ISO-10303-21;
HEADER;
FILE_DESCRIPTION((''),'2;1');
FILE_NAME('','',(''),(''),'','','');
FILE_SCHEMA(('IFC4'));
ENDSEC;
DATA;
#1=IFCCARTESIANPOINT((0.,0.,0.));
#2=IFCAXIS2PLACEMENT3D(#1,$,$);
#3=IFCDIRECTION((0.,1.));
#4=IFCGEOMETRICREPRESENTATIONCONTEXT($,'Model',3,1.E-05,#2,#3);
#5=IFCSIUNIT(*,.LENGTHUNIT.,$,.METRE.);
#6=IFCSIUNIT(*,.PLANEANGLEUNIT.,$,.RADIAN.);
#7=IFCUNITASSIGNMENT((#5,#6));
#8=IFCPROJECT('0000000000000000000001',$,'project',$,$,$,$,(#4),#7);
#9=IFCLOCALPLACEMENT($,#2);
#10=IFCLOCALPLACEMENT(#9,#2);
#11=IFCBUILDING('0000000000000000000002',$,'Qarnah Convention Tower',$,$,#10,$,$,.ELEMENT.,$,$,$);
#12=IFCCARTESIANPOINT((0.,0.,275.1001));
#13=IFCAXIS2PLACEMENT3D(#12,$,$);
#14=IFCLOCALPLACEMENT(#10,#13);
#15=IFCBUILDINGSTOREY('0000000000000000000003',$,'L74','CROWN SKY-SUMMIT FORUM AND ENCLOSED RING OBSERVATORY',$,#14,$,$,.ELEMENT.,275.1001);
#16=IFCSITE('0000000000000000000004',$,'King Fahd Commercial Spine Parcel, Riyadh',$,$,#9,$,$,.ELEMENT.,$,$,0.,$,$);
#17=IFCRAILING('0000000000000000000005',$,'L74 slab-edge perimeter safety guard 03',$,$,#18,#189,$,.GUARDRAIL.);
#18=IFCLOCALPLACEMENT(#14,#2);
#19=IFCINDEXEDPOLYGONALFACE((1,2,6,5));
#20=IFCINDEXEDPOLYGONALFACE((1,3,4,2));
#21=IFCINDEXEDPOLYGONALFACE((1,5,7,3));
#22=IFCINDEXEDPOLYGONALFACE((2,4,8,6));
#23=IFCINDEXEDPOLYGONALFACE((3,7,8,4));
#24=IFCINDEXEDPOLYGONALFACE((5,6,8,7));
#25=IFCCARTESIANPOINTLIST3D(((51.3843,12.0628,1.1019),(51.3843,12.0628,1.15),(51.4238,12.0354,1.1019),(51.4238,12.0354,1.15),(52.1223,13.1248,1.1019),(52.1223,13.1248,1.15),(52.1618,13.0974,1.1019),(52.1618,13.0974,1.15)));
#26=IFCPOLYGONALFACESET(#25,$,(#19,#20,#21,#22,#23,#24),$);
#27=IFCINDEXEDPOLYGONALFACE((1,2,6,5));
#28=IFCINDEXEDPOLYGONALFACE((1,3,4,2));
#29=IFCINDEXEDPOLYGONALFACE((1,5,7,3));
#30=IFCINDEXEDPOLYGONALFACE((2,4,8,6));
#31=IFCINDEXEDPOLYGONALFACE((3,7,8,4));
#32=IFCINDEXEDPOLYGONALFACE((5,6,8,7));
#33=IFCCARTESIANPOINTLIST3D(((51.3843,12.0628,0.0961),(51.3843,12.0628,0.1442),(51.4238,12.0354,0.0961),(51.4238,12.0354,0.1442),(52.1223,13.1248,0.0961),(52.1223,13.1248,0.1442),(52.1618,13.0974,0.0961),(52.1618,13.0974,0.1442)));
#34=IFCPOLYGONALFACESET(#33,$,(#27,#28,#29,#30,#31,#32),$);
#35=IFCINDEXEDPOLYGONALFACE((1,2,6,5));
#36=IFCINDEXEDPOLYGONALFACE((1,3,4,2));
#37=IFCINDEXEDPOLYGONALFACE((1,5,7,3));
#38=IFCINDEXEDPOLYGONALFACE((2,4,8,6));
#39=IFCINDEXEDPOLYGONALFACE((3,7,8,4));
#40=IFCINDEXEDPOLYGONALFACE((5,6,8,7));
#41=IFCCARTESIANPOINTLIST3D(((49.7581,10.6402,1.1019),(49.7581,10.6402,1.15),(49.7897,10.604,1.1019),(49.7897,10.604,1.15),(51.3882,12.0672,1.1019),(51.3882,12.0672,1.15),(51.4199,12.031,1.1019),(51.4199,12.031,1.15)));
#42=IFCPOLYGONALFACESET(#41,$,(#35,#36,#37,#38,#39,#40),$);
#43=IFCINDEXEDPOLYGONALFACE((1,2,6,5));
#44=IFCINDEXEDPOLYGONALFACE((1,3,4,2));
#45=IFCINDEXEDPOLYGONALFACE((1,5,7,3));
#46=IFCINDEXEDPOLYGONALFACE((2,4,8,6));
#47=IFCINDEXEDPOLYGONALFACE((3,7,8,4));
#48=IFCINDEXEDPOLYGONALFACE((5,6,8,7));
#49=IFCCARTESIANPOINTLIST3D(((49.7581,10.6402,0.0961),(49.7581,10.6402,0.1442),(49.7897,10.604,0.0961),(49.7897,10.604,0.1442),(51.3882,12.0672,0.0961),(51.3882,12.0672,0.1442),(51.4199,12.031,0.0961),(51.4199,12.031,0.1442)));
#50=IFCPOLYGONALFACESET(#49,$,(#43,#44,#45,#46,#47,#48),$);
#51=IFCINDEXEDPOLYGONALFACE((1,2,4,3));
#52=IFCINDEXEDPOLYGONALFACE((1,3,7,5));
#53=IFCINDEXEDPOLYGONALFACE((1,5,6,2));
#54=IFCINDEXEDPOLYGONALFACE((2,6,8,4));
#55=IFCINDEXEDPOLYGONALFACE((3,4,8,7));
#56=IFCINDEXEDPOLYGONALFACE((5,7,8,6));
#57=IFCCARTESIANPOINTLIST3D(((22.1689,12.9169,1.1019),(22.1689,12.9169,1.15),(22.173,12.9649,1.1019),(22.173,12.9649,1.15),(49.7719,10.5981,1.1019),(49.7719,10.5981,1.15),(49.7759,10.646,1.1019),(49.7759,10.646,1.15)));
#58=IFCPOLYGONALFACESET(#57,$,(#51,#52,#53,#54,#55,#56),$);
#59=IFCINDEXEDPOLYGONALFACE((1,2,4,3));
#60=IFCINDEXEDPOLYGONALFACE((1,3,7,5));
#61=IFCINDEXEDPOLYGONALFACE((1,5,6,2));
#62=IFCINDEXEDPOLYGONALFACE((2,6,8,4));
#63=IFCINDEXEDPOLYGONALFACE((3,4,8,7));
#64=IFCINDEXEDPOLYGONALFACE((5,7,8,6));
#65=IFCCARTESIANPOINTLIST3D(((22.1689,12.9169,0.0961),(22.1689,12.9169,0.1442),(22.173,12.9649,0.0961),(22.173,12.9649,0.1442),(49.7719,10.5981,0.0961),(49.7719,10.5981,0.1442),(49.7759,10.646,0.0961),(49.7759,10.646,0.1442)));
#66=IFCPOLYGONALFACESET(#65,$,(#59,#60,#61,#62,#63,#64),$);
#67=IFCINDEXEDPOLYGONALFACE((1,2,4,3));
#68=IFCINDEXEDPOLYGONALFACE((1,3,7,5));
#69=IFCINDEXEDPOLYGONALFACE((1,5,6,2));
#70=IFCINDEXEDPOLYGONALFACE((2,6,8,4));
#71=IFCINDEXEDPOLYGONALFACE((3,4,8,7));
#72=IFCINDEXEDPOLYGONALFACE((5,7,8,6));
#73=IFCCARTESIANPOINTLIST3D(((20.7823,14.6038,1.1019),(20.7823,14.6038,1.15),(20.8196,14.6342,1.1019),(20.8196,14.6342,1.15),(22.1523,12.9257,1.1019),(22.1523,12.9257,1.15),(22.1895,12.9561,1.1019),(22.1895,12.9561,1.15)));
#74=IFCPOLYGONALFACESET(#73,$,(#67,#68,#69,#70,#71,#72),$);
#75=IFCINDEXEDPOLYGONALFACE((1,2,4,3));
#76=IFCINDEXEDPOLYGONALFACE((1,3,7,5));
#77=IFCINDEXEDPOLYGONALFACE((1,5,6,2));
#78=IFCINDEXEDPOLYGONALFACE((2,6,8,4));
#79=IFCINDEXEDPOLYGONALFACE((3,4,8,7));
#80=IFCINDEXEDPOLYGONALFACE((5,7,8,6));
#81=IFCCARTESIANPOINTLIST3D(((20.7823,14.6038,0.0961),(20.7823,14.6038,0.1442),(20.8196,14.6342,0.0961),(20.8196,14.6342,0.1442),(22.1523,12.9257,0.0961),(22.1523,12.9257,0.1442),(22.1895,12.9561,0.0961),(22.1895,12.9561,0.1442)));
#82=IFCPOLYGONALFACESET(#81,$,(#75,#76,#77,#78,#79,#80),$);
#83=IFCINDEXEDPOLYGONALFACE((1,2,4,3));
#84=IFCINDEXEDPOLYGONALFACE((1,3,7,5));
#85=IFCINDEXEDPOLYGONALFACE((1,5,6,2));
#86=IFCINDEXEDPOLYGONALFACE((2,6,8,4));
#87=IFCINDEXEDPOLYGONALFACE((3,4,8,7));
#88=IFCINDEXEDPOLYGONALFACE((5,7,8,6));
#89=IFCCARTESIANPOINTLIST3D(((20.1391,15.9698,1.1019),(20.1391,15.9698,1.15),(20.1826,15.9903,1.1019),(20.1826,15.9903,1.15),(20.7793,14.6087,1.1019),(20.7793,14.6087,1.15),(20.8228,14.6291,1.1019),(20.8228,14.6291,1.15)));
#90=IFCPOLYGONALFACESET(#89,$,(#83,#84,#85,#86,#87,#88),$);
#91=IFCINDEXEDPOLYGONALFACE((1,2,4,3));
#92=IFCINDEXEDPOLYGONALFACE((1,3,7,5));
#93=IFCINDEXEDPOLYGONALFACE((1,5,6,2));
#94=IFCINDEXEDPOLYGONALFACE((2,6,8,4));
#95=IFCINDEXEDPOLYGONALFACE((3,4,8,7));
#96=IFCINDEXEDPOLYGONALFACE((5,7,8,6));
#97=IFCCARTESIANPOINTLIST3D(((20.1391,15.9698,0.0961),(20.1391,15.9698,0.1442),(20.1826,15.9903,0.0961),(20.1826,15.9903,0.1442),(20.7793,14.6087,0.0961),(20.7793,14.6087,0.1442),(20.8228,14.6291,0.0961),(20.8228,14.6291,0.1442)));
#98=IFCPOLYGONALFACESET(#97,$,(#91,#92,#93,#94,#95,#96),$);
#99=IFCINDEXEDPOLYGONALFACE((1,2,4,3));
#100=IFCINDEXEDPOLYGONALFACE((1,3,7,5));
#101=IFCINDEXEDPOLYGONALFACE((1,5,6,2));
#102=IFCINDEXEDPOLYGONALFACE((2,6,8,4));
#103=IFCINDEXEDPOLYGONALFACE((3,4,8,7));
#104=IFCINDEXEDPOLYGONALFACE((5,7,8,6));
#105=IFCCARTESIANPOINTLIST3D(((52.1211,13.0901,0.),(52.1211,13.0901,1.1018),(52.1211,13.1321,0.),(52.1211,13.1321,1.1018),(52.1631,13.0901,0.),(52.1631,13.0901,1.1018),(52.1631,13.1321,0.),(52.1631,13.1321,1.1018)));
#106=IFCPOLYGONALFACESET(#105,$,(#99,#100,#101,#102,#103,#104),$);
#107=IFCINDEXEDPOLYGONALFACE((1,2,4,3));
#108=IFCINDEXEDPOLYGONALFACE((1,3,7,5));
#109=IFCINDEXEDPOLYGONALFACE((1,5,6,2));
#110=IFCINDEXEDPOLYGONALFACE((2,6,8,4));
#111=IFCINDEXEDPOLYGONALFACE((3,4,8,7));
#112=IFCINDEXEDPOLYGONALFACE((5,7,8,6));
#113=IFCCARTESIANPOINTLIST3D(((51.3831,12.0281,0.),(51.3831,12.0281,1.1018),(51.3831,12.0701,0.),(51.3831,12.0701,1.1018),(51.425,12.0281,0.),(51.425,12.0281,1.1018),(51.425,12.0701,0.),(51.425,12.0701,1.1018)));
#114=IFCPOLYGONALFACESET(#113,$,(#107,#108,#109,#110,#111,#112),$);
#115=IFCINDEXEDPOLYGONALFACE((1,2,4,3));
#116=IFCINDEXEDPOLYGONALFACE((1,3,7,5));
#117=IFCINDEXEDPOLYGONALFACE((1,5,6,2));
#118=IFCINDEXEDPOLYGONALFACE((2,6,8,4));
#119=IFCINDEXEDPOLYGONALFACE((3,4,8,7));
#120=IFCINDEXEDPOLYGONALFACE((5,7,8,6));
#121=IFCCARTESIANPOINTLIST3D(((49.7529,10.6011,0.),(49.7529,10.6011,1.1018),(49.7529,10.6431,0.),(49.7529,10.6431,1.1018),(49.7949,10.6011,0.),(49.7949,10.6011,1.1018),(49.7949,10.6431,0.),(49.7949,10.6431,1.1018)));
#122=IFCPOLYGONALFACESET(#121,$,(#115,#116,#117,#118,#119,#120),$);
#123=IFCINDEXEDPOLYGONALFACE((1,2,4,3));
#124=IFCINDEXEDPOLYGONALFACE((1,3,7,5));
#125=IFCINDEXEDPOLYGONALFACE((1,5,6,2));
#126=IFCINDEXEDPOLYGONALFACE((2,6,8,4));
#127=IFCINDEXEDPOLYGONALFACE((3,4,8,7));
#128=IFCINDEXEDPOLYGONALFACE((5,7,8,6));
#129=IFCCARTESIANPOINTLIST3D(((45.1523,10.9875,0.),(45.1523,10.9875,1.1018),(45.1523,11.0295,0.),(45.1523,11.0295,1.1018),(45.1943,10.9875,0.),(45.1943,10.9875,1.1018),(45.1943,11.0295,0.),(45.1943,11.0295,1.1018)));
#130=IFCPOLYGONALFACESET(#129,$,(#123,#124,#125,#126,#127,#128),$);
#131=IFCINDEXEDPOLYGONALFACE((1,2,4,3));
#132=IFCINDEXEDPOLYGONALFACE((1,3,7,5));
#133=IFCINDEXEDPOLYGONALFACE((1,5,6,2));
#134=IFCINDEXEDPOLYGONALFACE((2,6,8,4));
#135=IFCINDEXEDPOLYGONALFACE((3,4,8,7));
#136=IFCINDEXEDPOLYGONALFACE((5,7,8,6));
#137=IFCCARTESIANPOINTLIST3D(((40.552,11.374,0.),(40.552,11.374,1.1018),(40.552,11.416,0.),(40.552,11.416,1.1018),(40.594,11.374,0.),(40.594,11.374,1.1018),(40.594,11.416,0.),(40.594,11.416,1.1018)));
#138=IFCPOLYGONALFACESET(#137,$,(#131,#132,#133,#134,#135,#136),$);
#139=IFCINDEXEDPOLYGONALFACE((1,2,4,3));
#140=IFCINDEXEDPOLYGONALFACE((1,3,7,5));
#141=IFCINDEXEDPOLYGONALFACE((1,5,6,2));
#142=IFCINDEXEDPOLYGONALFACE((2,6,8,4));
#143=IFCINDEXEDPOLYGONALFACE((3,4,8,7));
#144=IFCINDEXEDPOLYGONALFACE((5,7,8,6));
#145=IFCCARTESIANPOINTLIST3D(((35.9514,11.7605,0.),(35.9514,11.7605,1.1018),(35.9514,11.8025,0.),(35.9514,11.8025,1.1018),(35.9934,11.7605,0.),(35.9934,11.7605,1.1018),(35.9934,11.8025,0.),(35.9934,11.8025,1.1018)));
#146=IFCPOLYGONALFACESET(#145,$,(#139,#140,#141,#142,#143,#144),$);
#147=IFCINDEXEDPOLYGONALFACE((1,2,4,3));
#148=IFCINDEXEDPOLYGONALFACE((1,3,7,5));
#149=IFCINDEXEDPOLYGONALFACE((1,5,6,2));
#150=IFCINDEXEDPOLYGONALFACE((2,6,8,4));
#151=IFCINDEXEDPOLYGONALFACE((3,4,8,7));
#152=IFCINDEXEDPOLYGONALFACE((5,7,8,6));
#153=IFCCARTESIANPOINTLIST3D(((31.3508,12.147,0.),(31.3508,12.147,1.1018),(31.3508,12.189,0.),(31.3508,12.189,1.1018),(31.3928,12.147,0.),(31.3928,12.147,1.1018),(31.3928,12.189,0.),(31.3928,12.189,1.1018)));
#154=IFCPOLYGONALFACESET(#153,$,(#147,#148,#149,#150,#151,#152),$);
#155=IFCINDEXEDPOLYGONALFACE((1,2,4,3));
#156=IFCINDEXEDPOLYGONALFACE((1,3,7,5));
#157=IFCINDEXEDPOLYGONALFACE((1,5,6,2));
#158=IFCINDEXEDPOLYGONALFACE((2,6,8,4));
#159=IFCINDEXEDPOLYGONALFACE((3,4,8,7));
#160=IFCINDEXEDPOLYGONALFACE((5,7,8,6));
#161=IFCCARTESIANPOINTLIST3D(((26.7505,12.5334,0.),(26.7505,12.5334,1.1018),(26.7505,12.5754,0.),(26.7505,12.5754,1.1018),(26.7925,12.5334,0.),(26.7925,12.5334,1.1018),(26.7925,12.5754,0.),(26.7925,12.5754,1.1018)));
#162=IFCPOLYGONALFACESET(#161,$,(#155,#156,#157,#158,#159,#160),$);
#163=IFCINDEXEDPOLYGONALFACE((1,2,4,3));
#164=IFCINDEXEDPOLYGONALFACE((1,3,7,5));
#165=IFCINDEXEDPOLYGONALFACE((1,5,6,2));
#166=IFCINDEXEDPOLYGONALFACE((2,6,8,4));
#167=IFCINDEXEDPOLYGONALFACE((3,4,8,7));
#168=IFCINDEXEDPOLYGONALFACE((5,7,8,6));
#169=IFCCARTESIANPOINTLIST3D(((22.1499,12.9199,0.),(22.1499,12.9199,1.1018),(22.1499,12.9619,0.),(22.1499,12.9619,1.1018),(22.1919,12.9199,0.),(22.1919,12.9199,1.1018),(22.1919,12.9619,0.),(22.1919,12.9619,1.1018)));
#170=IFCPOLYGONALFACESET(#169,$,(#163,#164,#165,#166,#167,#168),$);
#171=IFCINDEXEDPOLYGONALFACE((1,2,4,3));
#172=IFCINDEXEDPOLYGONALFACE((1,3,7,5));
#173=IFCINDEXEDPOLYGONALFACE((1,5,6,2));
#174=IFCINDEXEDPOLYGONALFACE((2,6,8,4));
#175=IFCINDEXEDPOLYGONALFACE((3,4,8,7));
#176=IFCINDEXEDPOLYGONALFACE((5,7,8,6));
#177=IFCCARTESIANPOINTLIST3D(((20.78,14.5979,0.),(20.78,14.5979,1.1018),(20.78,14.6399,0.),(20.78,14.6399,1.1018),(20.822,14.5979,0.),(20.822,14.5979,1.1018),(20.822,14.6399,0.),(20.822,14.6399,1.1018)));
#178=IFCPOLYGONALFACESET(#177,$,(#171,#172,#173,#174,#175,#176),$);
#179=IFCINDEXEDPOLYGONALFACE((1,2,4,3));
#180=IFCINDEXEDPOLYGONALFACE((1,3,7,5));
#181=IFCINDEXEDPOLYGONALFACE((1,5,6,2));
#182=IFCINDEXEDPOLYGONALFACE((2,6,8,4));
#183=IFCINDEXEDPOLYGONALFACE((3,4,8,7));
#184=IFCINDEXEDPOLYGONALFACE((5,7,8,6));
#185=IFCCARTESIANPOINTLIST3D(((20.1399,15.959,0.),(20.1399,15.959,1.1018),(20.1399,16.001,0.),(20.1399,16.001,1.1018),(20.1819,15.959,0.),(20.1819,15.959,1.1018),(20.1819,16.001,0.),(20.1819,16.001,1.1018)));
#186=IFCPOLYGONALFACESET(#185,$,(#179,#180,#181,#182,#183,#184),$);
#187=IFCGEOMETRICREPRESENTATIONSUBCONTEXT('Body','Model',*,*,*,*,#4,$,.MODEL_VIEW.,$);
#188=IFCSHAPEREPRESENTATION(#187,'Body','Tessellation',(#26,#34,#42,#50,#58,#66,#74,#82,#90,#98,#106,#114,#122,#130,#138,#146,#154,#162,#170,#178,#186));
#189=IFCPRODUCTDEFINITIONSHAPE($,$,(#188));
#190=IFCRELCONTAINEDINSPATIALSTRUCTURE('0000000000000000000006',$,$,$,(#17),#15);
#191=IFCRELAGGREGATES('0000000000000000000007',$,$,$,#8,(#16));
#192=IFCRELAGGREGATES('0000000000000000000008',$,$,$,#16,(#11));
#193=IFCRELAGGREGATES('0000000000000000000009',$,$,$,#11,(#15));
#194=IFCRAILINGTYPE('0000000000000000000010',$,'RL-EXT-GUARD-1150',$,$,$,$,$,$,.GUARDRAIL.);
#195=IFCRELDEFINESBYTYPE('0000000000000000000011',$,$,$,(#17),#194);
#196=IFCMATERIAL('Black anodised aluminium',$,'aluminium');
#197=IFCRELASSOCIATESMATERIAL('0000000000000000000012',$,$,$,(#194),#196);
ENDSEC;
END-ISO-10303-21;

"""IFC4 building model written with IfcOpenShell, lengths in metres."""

from ifc_helpers import new_model, si_unit, direction, frame, origin, origin_2d, place, context, subcontext, project, spatial, rectangle, extrude, material, type_object, element, save


model = new_model("IFC4")

# Units and contexts
model_context = context("Model", 3, precision=1e-05, world=origin(), true_north=direction((0.0, 1.0)))
body_context = subcontext(model_context, "Body", "Model", "MODEL_VIEW")
ifc_project = project(units=[si_unit("LENGTHUNIT", "METRE"), si_unit("PLANEANGLEUNIT", "RADIAN")], contexts=[model_context])

# Site, building, storey
site_placement = place(None, origin())
site = spatial("IfcSite", under=ifc_project, at=site_placement, Name="King Fahd Commercial Spine Parcel, Riyadh", CompositionType="ELEMENT", RefElevation=0.0)
building_placement = place(site_placement, origin())
building = spatial("IfcBuilding", under=site, at=building_placement, Name="Qarnah Convention Tower", CompositionType="ELEMENT")
storey_placement = place(building_placement, frame((0.0, 0.0, 275.1001)))
storey = spatial("IfcBuildingStorey", under=building, at=storey_placement, Name="L74", Description="CROWN SKY-SUMMIT FORUM AND ENCLOSED RING OBSERVATORY", CompositionType="ELEMENT", Elevation=275.1001)

# Shared definitions
ifc_material_1 = material(Name="Black anodised aluminium", Category="aluminium")

# Railing
railing_type_1 = type_object("IfcRailingType", Name="RL-EXT-GUARD-1150", PredefinedType="GUARDRAIL", material=ifc_material_1)
railing_1_placement = place(storey_placement, frame((52.1421, 13.1111, 0.0)))
element("IfcRailing", 1, at=railing_1_placement, inside=storey, type_object=railing_type_1, Name="L74 slab-edge perimeter safety guard 03", PredefinedType="GUARDRAIL", context=body_context, shape_type="SweptSolid", body=[
    extrude(rectangle(XDim=0.0481, YDim=0.0481, at=origin_2d()), frame((0.0, 0.0, 1.126), z_axis=(-0.570672, -0.821178, 0.0), x_axis=(0.821178, -0.570672, 0.0)), (0.0, 0.0, 1.0), 1.2932),
    extrude(rectangle(XDim=0.0481, YDim=0.0481, at=origin_2d()), frame((0.0, 0.0, 0.1201), z_axis=(-0.570672, -0.821178, 0.0), x_axis=(0.821178, -0.570672, 0.0)), (0.0, 0.0, 1.0), 1.2932),
    extrude(rectangle(XDim=0.0481, YDim=0.0481, at=origin_2d()), frame((-0.738, -1.062, 1.126), z_axis=(-0.75243, -0.658672, 0.0), x_axis=(0.658672, -0.75243, 0.0)), (0.0, 0.0, 1.0), 2.1665),
    extrude(rectangle(XDim=0.0481, YDim=0.0481, at=origin_2d()), frame((-0.738, -1.062, 0.1201), z_axis=(-0.75243, -0.658672, 0.0), x_axis=(0.658672, -0.75243, 0.0)), (0.0, 0.0, 1.0), 2.1665),
    extrude(rectangle(XDim=0.0481, YDim=0.0481, at=origin_2d()), frame((-2.3682, -2.489, 1.126), z_axis=(-0.99649, 0.083712, 0.0), x_axis=(-0.083712, -0.99649, 0.0)), (0.0, 0.0, 1.0), 27.7002),
    extrude(rectangle(XDim=0.0481, YDim=0.0481, at=origin_2d()), frame((-2.3682, -2.489, 0.1201), z_axis=(-0.99649, 0.083712, 0.0), x_axis=(-0.083712, -0.99649, 0.0)), (0.0, 0.0, 1.0), 27.7002),
    extrude(rectangle(XDim=0.0481, YDim=0.0481, at=origin_2d()), frame((-29.9712, -0.1702, 1.126), z_axis=(-0.632403, 0.77464, 0.0), x_axis=(-0.77464, -0.632403, 0.0)), (0.0, 0.0, 1.0), 2.1663),
    extrude(rectangle(XDim=0.0481, YDim=0.0481, at=origin_2d()), frame((-29.9712, -0.1702, 0.1201), z_axis=(-0.632403, 0.77464, 0.0), x_axis=(-0.77464, -0.632403, 0.0)), (0.0, 0.0, 1.0), 2.1663),
    extrude(rectangle(XDim=0.0481, YDim=0.0481, at=origin_2d()), frame((-31.3411, 1.5078, 1.126), z_axis=(-0.425594, 0.904914, 0.0), x_axis=(-0.904914, -0.425594, 0.0)), (0.0, 0.0, 1.0), 1.5042),
    extrude(rectangle(XDim=0.0481, YDim=0.0481, at=origin_2d()), frame((-31.3411, 1.5078, 0.1201), z_axis=(-0.425594, 0.904914, 0.0), x_axis=(-0.904914, -0.425594, 0.0)), (0.0, 0.0, 1.0), 1.5042),
    extrude(rectangle(XDim=0.042, YDim=0.042, at=origin_2d()), origin(), (0.0, 0.0, 1.0), 1.1018),
    extrude(rectangle(XDim=0.042, YDim=0.042, at=origin_2d()), frame((-0.738, -1.062, 0.0)), (0.0, 0.0, 1.0), 1.1018),
    extrude(rectangle(XDim=0.042, YDim=0.042, at=origin_2d()), frame((-2.3682, -2.489, 0.0)), (0.0, 0.0, 1.0), 1.1018),
    extrude(rectangle(XDim=0.042, YDim=0.042, at=origin_2d()), frame((-6.9688, -2.1025, 0.0)), (0.0, 0.0, 1.0), 1.1018),
    extrude(rectangle(XDim=0.042, YDim=0.042, at=origin_2d()), frame((-11.5691, -1.7161, 0.0)), (0.0, 0.0, 1.0), 1.1018),
    extrude(rectangle(XDim=0.042, YDim=0.042, at=origin_2d()), frame((-16.1697, -1.3296, 0.0)), (0.0, 0.0, 1.0), 1.1018),
    extrude(rectangle(XDim=0.042, YDim=0.042, at=origin_2d()), frame((-20.7703, -0.9431, 0.0)), (0.0, 0.0, 1.0), 1.1018),
    extrude(rectangle(XDim=0.042, YDim=0.042, at=origin_2d()), frame((-25.3706, -0.5566, 0.0)), (0.0, 0.0, 1.0), 1.1018),
    extrude(rectangle(XDim=0.042, YDim=0.042, at=origin_2d()), frame((-29.9712, -0.1702, 0.0)), (0.0, 0.0, 1.0), 1.1018),
    extrude(rectangle(XDim=0.042, YDim=0.042, at=origin_2d()), frame((-31.3411, 1.5078, 0.0)), (0.0, 0.0, 1.0), 1.1018),
    extrude(rectangle(XDim=0.042, YDim=0.042, at=origin_2d()), frame((-31.9812, 2.8689, 0.0)), (0.0, 0.0, 1.0), 1.1018),
])

save(model, "model.ifc")
